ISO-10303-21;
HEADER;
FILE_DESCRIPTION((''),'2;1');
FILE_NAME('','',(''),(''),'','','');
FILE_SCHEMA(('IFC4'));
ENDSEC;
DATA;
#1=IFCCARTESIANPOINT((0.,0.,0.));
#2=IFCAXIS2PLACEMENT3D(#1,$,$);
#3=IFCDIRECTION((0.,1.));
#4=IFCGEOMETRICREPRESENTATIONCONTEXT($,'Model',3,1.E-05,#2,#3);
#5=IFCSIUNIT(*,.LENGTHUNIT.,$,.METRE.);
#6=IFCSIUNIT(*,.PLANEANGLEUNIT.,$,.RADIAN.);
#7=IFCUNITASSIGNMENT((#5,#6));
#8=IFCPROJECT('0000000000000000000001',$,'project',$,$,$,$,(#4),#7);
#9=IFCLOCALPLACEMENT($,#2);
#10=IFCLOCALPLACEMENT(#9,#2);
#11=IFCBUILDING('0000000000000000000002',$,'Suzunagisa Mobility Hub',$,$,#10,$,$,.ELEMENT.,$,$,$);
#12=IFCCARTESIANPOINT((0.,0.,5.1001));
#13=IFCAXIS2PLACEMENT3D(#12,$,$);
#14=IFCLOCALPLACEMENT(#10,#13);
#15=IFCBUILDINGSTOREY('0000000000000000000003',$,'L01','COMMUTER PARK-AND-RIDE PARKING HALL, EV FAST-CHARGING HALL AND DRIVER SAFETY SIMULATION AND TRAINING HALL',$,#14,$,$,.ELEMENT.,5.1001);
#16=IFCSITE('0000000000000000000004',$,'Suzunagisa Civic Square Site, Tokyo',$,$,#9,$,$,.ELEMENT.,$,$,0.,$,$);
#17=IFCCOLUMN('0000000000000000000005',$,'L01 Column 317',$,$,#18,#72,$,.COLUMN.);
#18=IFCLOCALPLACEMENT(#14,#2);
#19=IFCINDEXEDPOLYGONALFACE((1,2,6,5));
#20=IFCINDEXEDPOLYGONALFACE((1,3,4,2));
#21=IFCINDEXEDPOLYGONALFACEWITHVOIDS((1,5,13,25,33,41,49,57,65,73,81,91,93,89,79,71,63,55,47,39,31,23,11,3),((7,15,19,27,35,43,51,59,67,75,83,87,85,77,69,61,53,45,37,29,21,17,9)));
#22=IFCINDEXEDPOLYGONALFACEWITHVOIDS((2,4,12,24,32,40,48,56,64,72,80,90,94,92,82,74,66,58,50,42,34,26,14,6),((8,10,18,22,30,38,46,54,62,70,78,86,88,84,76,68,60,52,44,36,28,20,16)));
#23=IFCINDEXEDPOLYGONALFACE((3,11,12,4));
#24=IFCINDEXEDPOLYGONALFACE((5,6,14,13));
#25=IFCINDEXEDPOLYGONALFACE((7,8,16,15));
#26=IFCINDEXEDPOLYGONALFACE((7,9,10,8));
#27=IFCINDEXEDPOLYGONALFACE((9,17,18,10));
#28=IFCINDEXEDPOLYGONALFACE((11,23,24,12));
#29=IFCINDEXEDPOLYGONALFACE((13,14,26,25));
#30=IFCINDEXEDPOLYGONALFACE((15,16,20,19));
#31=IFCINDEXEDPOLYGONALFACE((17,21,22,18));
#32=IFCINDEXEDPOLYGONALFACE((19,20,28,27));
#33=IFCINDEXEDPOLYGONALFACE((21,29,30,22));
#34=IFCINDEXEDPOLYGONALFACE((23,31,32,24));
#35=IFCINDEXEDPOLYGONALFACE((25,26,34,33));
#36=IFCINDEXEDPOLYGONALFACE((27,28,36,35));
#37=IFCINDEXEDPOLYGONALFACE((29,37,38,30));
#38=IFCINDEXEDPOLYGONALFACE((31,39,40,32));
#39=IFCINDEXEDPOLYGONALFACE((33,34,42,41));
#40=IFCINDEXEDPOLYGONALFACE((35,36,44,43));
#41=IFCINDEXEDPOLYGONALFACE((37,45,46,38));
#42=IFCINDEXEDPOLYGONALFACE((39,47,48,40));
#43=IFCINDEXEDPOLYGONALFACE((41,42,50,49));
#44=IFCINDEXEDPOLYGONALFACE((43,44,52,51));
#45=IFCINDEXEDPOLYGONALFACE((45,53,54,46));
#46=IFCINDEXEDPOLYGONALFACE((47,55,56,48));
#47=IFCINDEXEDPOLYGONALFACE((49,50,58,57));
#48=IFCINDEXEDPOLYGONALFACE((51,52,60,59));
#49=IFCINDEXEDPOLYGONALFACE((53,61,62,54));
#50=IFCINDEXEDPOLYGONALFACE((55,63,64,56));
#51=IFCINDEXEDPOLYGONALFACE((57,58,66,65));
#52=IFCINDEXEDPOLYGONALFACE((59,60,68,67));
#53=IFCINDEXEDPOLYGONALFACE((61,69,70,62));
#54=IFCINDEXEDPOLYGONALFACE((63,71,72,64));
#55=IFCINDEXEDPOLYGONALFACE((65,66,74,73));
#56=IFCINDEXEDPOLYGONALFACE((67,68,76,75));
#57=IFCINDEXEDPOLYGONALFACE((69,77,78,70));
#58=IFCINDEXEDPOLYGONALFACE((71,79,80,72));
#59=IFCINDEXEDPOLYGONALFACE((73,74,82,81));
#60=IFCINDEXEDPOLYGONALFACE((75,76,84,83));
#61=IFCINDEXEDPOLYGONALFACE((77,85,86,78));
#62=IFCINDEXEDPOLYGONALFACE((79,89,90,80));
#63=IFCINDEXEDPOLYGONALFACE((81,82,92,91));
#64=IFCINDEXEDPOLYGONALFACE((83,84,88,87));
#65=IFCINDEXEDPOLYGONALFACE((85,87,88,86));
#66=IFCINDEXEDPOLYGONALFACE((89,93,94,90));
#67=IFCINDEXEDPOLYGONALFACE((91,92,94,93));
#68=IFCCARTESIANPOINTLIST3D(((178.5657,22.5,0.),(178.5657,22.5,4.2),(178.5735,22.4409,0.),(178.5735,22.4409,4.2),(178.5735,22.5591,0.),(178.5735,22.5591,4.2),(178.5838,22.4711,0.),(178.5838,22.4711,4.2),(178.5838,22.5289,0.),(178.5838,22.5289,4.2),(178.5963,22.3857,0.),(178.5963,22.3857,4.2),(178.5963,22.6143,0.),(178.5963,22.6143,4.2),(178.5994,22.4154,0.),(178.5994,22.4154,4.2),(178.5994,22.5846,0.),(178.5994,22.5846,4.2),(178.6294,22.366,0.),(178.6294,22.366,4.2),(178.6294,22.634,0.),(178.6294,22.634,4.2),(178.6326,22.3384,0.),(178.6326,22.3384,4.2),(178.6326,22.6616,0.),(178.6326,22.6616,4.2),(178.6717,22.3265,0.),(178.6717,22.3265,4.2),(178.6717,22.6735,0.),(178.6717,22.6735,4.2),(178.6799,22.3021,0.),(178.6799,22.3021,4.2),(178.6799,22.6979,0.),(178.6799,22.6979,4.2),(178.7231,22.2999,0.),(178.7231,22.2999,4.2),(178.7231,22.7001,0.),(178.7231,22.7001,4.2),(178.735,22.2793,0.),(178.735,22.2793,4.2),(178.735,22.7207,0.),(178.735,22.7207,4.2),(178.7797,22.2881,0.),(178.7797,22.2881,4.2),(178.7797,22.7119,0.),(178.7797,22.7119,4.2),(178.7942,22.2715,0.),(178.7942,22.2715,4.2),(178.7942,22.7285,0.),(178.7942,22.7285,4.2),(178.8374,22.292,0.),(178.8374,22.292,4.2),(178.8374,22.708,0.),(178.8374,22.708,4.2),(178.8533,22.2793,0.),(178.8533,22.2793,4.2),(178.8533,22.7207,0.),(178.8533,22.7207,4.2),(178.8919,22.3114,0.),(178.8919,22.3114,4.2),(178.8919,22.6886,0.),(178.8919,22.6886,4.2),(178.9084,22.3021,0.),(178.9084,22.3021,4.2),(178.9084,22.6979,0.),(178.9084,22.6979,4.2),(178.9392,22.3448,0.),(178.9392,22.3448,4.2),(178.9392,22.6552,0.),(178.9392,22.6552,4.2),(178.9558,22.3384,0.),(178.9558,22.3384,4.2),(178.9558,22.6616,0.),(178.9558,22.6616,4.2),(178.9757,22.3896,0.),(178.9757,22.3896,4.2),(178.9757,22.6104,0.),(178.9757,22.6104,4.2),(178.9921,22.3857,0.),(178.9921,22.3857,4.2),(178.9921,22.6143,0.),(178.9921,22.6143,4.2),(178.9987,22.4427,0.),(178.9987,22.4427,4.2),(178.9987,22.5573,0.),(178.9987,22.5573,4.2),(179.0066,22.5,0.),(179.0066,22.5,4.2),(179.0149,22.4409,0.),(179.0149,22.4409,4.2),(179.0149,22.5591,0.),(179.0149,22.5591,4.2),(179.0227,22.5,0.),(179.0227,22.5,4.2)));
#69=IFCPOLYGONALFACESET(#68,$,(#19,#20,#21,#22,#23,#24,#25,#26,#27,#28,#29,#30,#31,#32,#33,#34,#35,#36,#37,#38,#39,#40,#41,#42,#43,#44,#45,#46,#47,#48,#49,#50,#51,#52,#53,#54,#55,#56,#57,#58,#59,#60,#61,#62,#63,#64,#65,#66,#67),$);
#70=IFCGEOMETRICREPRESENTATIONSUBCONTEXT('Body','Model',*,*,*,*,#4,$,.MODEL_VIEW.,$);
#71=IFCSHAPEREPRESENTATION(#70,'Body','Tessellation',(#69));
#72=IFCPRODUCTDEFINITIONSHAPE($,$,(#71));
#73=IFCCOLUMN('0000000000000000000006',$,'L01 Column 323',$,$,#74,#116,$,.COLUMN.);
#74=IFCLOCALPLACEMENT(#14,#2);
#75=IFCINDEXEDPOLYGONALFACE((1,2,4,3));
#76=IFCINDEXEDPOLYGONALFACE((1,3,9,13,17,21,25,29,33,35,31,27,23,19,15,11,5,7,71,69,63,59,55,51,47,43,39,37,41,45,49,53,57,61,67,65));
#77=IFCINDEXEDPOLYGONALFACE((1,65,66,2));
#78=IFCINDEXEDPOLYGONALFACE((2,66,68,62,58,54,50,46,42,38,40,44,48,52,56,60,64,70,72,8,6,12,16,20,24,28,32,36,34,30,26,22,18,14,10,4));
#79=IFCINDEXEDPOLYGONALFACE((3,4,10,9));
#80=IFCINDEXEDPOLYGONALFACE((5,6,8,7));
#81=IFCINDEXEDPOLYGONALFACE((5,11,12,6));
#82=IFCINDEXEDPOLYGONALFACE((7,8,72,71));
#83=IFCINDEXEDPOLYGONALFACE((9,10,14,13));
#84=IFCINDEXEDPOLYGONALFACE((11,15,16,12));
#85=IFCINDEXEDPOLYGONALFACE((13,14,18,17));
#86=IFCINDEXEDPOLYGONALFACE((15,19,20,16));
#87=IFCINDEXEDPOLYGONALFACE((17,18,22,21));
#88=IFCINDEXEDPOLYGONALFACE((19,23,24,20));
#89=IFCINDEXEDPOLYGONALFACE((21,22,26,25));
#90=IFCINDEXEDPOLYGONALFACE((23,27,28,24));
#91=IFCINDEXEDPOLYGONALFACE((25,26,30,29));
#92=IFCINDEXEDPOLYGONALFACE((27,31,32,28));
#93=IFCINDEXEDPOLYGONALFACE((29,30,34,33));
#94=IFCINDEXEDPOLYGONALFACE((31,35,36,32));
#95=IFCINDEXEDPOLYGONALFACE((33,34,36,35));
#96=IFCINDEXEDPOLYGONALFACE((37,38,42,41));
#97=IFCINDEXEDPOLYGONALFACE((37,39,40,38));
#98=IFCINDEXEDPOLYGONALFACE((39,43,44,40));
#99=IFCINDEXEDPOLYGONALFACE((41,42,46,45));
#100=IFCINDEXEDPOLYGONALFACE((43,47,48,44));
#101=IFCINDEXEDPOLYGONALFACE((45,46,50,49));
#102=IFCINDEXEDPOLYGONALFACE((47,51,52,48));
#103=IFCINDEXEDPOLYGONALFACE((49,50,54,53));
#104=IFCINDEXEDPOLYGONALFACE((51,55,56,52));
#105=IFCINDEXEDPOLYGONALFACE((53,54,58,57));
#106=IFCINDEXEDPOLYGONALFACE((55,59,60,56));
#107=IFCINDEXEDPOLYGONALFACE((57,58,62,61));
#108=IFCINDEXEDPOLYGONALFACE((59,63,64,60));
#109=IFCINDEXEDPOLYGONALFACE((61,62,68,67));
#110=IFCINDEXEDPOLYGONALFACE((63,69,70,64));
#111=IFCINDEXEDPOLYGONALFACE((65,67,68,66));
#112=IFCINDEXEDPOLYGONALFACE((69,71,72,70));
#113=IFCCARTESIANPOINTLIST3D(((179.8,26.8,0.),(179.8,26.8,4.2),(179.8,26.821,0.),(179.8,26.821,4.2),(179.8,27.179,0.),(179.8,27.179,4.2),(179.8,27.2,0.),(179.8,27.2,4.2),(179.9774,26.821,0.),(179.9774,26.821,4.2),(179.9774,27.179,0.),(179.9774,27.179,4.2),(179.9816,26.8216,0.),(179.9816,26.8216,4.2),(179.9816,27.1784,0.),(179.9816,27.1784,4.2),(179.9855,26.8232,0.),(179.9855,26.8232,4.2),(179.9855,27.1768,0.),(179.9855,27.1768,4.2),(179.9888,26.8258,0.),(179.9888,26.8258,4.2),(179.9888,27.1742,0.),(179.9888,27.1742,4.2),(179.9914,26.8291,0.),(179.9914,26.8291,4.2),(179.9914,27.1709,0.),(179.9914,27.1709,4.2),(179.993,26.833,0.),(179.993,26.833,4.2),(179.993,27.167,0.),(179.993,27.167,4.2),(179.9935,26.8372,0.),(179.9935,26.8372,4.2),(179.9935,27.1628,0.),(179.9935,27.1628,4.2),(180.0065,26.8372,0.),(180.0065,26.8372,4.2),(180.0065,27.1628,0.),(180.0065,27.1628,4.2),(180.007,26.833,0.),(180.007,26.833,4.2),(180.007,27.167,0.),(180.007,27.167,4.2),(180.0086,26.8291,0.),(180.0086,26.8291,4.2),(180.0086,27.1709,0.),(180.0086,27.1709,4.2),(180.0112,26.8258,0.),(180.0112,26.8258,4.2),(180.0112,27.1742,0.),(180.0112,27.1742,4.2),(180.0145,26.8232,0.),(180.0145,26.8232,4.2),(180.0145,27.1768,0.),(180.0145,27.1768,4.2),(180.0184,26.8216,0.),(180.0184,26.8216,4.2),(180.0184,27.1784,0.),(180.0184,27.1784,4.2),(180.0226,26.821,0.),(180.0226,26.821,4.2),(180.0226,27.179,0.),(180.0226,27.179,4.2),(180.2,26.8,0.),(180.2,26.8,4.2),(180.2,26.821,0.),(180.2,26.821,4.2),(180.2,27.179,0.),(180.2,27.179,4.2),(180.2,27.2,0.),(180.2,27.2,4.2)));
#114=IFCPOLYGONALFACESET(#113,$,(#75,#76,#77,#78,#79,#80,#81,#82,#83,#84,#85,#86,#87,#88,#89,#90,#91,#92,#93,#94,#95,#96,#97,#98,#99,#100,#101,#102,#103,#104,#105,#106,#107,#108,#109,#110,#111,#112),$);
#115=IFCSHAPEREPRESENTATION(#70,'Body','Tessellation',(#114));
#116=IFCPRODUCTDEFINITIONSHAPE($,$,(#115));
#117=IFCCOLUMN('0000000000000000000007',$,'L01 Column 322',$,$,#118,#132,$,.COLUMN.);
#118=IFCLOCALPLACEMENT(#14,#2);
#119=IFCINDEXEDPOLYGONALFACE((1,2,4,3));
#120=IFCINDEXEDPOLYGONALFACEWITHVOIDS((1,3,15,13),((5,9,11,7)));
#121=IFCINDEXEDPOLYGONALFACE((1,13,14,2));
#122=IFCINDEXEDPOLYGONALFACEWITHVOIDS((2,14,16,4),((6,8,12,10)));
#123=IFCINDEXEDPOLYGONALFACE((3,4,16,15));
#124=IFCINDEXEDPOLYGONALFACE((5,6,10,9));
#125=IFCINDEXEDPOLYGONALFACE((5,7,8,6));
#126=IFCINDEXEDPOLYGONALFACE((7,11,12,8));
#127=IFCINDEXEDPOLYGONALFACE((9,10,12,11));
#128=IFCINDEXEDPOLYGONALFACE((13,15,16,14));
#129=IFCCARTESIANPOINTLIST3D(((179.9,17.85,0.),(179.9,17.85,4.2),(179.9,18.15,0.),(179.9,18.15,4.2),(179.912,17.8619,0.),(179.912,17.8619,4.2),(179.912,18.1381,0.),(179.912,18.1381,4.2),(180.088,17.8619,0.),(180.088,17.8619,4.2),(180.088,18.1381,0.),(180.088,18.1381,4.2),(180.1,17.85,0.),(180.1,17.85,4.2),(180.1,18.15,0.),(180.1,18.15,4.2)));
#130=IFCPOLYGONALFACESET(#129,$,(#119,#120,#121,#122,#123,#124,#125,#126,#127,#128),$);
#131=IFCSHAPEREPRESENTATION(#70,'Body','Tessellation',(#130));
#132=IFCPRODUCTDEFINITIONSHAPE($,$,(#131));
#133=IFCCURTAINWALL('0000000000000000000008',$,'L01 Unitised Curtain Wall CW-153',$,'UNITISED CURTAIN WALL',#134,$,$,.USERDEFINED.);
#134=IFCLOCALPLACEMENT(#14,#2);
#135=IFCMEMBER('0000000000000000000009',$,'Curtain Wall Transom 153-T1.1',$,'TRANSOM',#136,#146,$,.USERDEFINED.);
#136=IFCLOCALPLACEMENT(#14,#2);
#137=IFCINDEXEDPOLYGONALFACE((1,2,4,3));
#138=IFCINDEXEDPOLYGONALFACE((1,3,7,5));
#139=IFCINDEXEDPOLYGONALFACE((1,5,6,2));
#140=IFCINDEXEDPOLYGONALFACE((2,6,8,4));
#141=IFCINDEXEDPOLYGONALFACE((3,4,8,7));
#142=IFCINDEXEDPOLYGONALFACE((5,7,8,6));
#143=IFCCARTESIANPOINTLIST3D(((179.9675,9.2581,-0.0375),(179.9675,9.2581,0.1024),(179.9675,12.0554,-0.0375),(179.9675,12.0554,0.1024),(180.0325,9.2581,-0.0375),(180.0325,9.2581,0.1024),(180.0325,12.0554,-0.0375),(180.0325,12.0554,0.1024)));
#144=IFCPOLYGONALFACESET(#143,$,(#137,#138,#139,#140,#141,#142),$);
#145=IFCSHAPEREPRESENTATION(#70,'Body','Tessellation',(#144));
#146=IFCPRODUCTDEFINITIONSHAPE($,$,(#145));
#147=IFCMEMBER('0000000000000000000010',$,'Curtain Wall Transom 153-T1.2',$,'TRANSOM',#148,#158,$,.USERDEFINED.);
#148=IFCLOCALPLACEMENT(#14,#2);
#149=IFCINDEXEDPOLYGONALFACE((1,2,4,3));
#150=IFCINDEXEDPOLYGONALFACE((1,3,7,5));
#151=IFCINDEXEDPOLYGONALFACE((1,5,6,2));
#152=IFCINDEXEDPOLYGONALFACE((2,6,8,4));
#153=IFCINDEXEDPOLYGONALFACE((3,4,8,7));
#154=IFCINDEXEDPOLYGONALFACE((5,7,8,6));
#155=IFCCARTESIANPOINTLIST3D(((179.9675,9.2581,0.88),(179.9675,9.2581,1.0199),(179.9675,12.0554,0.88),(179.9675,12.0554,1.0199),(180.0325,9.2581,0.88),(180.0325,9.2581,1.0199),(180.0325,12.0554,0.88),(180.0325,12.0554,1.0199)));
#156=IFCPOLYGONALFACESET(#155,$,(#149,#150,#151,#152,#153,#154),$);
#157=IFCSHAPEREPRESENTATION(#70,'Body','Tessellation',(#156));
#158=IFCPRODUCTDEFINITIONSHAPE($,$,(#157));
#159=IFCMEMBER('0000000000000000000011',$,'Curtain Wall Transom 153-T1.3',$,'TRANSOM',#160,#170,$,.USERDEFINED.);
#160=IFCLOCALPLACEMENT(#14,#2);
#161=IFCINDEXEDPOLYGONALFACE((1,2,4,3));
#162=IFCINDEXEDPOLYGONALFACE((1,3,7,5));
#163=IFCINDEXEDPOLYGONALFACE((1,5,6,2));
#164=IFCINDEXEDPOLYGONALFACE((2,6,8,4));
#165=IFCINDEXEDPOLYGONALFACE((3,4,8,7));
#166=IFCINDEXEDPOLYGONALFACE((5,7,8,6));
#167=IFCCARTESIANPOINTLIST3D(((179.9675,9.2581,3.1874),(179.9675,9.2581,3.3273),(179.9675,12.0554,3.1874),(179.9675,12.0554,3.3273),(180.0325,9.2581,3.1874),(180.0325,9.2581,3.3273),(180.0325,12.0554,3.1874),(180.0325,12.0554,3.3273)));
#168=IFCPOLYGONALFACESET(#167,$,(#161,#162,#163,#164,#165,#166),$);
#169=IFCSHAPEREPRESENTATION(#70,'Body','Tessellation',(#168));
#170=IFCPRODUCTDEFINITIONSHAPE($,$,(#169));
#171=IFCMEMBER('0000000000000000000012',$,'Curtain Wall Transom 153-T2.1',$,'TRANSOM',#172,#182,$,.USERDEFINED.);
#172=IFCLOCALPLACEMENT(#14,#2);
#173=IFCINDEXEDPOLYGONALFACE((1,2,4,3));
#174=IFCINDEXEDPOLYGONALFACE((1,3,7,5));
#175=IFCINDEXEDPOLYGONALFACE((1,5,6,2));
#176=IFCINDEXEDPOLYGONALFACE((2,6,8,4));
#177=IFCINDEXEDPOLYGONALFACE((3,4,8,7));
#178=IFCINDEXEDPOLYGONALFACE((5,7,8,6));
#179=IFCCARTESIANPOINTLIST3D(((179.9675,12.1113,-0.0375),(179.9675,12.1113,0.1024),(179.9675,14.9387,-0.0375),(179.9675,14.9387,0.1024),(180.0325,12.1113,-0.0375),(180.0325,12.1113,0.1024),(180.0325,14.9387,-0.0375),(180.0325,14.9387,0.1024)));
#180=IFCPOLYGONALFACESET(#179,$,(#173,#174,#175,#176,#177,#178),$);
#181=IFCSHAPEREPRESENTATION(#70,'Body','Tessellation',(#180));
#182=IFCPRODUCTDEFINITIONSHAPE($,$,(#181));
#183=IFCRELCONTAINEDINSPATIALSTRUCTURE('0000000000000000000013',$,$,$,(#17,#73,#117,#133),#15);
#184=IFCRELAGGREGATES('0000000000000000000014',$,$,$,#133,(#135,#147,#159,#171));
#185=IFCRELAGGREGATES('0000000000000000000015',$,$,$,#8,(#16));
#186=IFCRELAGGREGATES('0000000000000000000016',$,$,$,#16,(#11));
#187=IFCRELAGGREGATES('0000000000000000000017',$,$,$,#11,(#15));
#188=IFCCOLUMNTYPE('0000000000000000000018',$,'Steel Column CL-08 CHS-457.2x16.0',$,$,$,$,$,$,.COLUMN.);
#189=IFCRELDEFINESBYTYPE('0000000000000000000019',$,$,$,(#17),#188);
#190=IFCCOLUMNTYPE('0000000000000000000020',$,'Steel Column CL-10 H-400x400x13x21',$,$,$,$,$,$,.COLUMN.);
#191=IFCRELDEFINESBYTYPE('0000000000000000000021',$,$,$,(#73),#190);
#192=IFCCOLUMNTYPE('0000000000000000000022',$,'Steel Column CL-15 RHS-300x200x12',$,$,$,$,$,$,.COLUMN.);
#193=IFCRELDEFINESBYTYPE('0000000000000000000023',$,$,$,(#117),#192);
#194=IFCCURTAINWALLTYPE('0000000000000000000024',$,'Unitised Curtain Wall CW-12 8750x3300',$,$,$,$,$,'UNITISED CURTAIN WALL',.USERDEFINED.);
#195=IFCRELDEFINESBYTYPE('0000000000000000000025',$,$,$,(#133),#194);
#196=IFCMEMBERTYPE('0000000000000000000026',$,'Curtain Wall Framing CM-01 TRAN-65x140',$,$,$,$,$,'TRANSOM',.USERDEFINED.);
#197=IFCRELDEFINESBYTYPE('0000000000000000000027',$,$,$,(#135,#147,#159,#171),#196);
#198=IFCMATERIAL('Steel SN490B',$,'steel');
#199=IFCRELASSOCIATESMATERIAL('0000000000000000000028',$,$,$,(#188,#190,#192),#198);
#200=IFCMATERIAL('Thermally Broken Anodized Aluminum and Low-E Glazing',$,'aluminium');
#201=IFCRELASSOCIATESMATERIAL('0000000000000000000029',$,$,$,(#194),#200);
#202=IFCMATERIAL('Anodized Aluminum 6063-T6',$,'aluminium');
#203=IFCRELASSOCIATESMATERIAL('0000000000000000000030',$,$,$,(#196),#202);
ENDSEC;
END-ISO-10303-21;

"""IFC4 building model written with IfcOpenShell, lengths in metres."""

from ifc_helpers import new_model, si_unit, direction, frame, origin, origin_2d, place, context, subcontext, project, spatial, rectangle, hollow_rectangle, hollow_circle, i_section, extrude, material, material_profile, profile_set, type_object, element, aggregate, save


model = new_model("IFC4")

# Units and contexts
model_context = context("Model", 3, precision=1e-05, world=origin(), true_north=direction((0.0, 1.0)))
body_context = subcontext(model_context, "Body", "Model", "MODEL_VIEW")
ifc_project = project(units=[si_unit("LENGTHUNIT", "METRE"), si_unit("PLANEANGLEUNIT", "RADIAN")], contexts=[model_context])

# Site, building, storey
site_placement = place(None, origin())
site = spatial("IfcSite", under=ifc_project, at=site_placement, Name="Suzunagisa Civic Square Site, Tokyo", CompositionType="ELEMENT", RefElevation=0.0)
building_placement = place(site_placement, origin())
building = spatial("IfcBuilding", under=site, at=building_placement, Name="Suzunagisa Mobility Hub", CompositionType="ELEMENT")
storey_placement = place(building_placement, frame((0.0, 0.0, 5.1001)))
storey = spatial("IfcBuildingStorey", under=building, at=storey_placement, Name="L01", Description="COMMUTER PARK-AND-RIDE PARKING HALL, EV FAST-CHARGING HALL AND DRIVER SAFETY SIMULATION AND TRAINING HALL", CompositionType="ELEMENT", Elevation=5.1001)

# Columns
ifc_material_1 = material(Name="Steel SN490B", Category="steel")
ifc_material_profile_1 = material_profile(ifc_material_1, hollow_circle(Radius=0.2285, WallThickness=0.0161, at=origin_2d()), Name="CHS-457.2x16.0")
ifc_profile_set_1 = profile_set([ifc_material_profile_1], Name="Steel SN490B")
column_type_1 = type_object("IfcColumnType", Name="Steel Column CL-08 CHS-457.2x16.0", PredefinedType="COLUMN", material=ifc_profile_set_1)
for number, where, z_axis, x_axis, name in (
    (1, (178.7942, 22.5, 0.0), (0.0, 0.0, 1.0), (1.0, 0.0, 0.0), "L01 Column 317"),
):
    element("IfcColumn", number, at=place(storey_placement, frame(where, z_axis=z_axis, x_axis=x_axis)), inside=storey, type_object=column_type_1, Name=name, PredefinedType="COLUMN", context=body_context, shape_type="SweptSolid", body=[
        extrude(hollow_circle(Radius=0.2285, WallThickness=0.0161, at=origin_2d()), origin(), (0.0, 0.0, 1.0), 4.2),
    ])
ifc_material_profile_2 = material_profile(ifc_material_1, i_section(OverallWidth=0.3999, OverallDepth=0.3999, WebThickness=0.0129, FlangeThickness=0.021, FilletRadius=0.0161, at=origin_2d()), Name="H-400x400x13x21")
ifc_profile_set_2 = profile_set([ifc_material_profile_2], Name="Steel SN490B")
column_type_2 = type_object("IfcColumnType", Name="Steel Column CL-10 H-400x400x13x21", PredefinedType="COLUMN", material=ifc_profile_set_2)
column_1_placement = place(storey_placement, frame((180.0, 27.0, 0.0), z_axis=(0.0, 0.0, 1.0), x_axis=(1.0, 0.0, 0.0)))
element("IfcColumn", 2, at=column_1_placement, inside=storey, type_object=column_type_2, Name="L01 Column 323", PredefinedType="COLUMN", context=body_context, shape_type="SweptSolid", body=[
    extrude(i_section(OverallWidth=0.3999, OverallDepth=0.3999, WebThickness=0.0129, FlangeThickness=0.021, FilletRadius=0.0161, at=origin_2d()), origin(), (0.0, 0.0, 1.0), 4.2),
])
ifc_material_profile_3 = material_profile(ifc_material_1, hollow_rectangle(XDim=0.2, YDim=0.3, WallThickness=0.012, at=origin_2d()), Name="RHS-300x200x12")
ifc_profile_set_3 = profile_set([ifc_material_profile_3], Name="Steel SN490B")
column_type_3 = type_object("IfcColumnType", Name="Steel Column CL-15 RHS-300x200x12", PredefinedType="COLUMN", material=ifc_profile_set_3)
column_2_placement = place(storey_placement, frame((180.0, 18.0, 0.0), z_axis=(0.0, 0.0, 1.0), x_axis=(1.0, 0.0, 0.0)))
element("IfcColumn", 3, at=column_2_placement, inside=storey, type_object=column_type_3, Name="L01 Column 322", PredefinedType="COLUMN", context=body_context, shape_type="SweptSolid", body=[
    extrude(hollow_rectangle(XDim=0.2, YDim=0.3, WallThickness=0.012, at=origin_2d()), origin(), (0.0, 0.0, 1.0), 4.2),
])

# Curtain wall, members
ifc_material_2 = material(Name="Thermally Broken Anodized Aluminum and Low-E Glazing", Category="aluminium")
curtain_wall_type = type_object("IfcCurtainWallType", Name="Unitised Curtain Wall CW-12 8750x3300", ElementType="UNITISED CURTAIN WALL", PredefinedType="USERDEFINED", material=ifc_material_2)
curtain_wall_placement = place(storey_placement, origin())
curtain_wall = element("IfcCurtainWall", 4, at=curtain_wall_placement, inside=storey, type_object=curtain_wall_type, Name="L01 Unitised Curtain Wall CW-153", ObjectType="UNITISED CURTAIN WALL", PredefinedType="USERDEFINED")
ifc_material_3 = material(Name="Anodized Aluminum 6063-T6", Category="aluminium")
ifc_material_profile_4 = material_profile(ifc_material_3, rectangle(XDim=0.0649, YDim=0.1399, at=origin_2d()), Name="TRAN-65x140")
ifc_profile_set_4 = profile_set([ifc_material_profile_4], Name="Anodized Aluminum 6063-T6")
member_type_1 = type_object("IfcMemberType", Name="Curtain Wall Framing CM-01 TRAN-65x140", ElementType="TRANSOM", PredefinedType="USERDEFINED", material=ifc_profile_set_4)
member_1_placement = place(storey_placement, frame((180.0, 9.2581, 0.0325), z_axis=(0.0, 1.0, 0.0), x_axis=(-1.0, 0.0, 0.0)))
member_1 = element("IfcMember", 5, at=member_1_placement, type_object=member_type_1, Name="Curtain Wall Transom 153-T1.1", ObjectType="TRANSOM", PredefinedType="USERDEFINED", context=body_context, shape_type="SweptSolid", body=[
    extrude(rectangle(XDim=0.0649, YDim=0.1399, at=origin_2d()), origin(), (0.0, 0.0, 1.0), 2.7974),
])
member_2_placement = place(storey_placement, frame((180.0, 9.2581, 0.95), z_axis=(0.0, 1.0, 0.0), x_axis=(-1.0, 0.0, 0.0)))
member_2 = element("IfcMember", 6, at=member_2_placement, type_object=member_type_1, Name="Curtain Wall Transom 153-T1.2", ObjectType="TRANSOM", PredefinedType="USERDEFINED", context=body_context, shape_type="SweptSolid", body=[
    extrude(rectangle(XDim=0.0649, YDim=0.1399, at=origin_2d()), origin(), (0.0, 0.0, 1.0), 2.7974),
])
member_3_placement = place(storey_placement, frame((180.0, 9.2581, 3.2573), z_axis=(0.0, 1.0, 0.0), x_axis=(-1.0, 0.0, 0.0)))
member_3 = element("IfcMember", 7, at=member_3_placement, type_object=member_type_1, Name="Curtain Wall Transom 153-T1.3", ObjectType="TRANSOM", PredefinedType="USERDEFINED", context=body_context, shape_type="SweptSolid", body=[
    extrude(rectangle(XDim=0.0649, YDim=0.1399, at=origin_2d()), origin(), (0.0, 0.0, 1.0), 2.7974),
])
member_4_placement = place(storey_placement, frame((180.0, 12.1113, 0.0325), z_axis=(0.0, 1.0, 0.0), x_axis=(-1.0, 0.0, 0.0)))
member_4 = element("IfcMember", 8, at=member_4_placement, type_object=member_type_1, Name="Curtain Wall Transom 153-T2.1", ObjectType="TRANSOM", PredefinedType="USERDEFINED", context=body_context, shape_type="SweptSolid", body=[
    extrude(rectangle(XDim=0.0649, YDim=0.1399, at=origin_2d()), origin(), (0.0, 0.0, 1.0), 2.8274),
])

aggregate(curtain_wall, [member_1, member_2, member_3, member_4])

save(model, "model.ifc")
